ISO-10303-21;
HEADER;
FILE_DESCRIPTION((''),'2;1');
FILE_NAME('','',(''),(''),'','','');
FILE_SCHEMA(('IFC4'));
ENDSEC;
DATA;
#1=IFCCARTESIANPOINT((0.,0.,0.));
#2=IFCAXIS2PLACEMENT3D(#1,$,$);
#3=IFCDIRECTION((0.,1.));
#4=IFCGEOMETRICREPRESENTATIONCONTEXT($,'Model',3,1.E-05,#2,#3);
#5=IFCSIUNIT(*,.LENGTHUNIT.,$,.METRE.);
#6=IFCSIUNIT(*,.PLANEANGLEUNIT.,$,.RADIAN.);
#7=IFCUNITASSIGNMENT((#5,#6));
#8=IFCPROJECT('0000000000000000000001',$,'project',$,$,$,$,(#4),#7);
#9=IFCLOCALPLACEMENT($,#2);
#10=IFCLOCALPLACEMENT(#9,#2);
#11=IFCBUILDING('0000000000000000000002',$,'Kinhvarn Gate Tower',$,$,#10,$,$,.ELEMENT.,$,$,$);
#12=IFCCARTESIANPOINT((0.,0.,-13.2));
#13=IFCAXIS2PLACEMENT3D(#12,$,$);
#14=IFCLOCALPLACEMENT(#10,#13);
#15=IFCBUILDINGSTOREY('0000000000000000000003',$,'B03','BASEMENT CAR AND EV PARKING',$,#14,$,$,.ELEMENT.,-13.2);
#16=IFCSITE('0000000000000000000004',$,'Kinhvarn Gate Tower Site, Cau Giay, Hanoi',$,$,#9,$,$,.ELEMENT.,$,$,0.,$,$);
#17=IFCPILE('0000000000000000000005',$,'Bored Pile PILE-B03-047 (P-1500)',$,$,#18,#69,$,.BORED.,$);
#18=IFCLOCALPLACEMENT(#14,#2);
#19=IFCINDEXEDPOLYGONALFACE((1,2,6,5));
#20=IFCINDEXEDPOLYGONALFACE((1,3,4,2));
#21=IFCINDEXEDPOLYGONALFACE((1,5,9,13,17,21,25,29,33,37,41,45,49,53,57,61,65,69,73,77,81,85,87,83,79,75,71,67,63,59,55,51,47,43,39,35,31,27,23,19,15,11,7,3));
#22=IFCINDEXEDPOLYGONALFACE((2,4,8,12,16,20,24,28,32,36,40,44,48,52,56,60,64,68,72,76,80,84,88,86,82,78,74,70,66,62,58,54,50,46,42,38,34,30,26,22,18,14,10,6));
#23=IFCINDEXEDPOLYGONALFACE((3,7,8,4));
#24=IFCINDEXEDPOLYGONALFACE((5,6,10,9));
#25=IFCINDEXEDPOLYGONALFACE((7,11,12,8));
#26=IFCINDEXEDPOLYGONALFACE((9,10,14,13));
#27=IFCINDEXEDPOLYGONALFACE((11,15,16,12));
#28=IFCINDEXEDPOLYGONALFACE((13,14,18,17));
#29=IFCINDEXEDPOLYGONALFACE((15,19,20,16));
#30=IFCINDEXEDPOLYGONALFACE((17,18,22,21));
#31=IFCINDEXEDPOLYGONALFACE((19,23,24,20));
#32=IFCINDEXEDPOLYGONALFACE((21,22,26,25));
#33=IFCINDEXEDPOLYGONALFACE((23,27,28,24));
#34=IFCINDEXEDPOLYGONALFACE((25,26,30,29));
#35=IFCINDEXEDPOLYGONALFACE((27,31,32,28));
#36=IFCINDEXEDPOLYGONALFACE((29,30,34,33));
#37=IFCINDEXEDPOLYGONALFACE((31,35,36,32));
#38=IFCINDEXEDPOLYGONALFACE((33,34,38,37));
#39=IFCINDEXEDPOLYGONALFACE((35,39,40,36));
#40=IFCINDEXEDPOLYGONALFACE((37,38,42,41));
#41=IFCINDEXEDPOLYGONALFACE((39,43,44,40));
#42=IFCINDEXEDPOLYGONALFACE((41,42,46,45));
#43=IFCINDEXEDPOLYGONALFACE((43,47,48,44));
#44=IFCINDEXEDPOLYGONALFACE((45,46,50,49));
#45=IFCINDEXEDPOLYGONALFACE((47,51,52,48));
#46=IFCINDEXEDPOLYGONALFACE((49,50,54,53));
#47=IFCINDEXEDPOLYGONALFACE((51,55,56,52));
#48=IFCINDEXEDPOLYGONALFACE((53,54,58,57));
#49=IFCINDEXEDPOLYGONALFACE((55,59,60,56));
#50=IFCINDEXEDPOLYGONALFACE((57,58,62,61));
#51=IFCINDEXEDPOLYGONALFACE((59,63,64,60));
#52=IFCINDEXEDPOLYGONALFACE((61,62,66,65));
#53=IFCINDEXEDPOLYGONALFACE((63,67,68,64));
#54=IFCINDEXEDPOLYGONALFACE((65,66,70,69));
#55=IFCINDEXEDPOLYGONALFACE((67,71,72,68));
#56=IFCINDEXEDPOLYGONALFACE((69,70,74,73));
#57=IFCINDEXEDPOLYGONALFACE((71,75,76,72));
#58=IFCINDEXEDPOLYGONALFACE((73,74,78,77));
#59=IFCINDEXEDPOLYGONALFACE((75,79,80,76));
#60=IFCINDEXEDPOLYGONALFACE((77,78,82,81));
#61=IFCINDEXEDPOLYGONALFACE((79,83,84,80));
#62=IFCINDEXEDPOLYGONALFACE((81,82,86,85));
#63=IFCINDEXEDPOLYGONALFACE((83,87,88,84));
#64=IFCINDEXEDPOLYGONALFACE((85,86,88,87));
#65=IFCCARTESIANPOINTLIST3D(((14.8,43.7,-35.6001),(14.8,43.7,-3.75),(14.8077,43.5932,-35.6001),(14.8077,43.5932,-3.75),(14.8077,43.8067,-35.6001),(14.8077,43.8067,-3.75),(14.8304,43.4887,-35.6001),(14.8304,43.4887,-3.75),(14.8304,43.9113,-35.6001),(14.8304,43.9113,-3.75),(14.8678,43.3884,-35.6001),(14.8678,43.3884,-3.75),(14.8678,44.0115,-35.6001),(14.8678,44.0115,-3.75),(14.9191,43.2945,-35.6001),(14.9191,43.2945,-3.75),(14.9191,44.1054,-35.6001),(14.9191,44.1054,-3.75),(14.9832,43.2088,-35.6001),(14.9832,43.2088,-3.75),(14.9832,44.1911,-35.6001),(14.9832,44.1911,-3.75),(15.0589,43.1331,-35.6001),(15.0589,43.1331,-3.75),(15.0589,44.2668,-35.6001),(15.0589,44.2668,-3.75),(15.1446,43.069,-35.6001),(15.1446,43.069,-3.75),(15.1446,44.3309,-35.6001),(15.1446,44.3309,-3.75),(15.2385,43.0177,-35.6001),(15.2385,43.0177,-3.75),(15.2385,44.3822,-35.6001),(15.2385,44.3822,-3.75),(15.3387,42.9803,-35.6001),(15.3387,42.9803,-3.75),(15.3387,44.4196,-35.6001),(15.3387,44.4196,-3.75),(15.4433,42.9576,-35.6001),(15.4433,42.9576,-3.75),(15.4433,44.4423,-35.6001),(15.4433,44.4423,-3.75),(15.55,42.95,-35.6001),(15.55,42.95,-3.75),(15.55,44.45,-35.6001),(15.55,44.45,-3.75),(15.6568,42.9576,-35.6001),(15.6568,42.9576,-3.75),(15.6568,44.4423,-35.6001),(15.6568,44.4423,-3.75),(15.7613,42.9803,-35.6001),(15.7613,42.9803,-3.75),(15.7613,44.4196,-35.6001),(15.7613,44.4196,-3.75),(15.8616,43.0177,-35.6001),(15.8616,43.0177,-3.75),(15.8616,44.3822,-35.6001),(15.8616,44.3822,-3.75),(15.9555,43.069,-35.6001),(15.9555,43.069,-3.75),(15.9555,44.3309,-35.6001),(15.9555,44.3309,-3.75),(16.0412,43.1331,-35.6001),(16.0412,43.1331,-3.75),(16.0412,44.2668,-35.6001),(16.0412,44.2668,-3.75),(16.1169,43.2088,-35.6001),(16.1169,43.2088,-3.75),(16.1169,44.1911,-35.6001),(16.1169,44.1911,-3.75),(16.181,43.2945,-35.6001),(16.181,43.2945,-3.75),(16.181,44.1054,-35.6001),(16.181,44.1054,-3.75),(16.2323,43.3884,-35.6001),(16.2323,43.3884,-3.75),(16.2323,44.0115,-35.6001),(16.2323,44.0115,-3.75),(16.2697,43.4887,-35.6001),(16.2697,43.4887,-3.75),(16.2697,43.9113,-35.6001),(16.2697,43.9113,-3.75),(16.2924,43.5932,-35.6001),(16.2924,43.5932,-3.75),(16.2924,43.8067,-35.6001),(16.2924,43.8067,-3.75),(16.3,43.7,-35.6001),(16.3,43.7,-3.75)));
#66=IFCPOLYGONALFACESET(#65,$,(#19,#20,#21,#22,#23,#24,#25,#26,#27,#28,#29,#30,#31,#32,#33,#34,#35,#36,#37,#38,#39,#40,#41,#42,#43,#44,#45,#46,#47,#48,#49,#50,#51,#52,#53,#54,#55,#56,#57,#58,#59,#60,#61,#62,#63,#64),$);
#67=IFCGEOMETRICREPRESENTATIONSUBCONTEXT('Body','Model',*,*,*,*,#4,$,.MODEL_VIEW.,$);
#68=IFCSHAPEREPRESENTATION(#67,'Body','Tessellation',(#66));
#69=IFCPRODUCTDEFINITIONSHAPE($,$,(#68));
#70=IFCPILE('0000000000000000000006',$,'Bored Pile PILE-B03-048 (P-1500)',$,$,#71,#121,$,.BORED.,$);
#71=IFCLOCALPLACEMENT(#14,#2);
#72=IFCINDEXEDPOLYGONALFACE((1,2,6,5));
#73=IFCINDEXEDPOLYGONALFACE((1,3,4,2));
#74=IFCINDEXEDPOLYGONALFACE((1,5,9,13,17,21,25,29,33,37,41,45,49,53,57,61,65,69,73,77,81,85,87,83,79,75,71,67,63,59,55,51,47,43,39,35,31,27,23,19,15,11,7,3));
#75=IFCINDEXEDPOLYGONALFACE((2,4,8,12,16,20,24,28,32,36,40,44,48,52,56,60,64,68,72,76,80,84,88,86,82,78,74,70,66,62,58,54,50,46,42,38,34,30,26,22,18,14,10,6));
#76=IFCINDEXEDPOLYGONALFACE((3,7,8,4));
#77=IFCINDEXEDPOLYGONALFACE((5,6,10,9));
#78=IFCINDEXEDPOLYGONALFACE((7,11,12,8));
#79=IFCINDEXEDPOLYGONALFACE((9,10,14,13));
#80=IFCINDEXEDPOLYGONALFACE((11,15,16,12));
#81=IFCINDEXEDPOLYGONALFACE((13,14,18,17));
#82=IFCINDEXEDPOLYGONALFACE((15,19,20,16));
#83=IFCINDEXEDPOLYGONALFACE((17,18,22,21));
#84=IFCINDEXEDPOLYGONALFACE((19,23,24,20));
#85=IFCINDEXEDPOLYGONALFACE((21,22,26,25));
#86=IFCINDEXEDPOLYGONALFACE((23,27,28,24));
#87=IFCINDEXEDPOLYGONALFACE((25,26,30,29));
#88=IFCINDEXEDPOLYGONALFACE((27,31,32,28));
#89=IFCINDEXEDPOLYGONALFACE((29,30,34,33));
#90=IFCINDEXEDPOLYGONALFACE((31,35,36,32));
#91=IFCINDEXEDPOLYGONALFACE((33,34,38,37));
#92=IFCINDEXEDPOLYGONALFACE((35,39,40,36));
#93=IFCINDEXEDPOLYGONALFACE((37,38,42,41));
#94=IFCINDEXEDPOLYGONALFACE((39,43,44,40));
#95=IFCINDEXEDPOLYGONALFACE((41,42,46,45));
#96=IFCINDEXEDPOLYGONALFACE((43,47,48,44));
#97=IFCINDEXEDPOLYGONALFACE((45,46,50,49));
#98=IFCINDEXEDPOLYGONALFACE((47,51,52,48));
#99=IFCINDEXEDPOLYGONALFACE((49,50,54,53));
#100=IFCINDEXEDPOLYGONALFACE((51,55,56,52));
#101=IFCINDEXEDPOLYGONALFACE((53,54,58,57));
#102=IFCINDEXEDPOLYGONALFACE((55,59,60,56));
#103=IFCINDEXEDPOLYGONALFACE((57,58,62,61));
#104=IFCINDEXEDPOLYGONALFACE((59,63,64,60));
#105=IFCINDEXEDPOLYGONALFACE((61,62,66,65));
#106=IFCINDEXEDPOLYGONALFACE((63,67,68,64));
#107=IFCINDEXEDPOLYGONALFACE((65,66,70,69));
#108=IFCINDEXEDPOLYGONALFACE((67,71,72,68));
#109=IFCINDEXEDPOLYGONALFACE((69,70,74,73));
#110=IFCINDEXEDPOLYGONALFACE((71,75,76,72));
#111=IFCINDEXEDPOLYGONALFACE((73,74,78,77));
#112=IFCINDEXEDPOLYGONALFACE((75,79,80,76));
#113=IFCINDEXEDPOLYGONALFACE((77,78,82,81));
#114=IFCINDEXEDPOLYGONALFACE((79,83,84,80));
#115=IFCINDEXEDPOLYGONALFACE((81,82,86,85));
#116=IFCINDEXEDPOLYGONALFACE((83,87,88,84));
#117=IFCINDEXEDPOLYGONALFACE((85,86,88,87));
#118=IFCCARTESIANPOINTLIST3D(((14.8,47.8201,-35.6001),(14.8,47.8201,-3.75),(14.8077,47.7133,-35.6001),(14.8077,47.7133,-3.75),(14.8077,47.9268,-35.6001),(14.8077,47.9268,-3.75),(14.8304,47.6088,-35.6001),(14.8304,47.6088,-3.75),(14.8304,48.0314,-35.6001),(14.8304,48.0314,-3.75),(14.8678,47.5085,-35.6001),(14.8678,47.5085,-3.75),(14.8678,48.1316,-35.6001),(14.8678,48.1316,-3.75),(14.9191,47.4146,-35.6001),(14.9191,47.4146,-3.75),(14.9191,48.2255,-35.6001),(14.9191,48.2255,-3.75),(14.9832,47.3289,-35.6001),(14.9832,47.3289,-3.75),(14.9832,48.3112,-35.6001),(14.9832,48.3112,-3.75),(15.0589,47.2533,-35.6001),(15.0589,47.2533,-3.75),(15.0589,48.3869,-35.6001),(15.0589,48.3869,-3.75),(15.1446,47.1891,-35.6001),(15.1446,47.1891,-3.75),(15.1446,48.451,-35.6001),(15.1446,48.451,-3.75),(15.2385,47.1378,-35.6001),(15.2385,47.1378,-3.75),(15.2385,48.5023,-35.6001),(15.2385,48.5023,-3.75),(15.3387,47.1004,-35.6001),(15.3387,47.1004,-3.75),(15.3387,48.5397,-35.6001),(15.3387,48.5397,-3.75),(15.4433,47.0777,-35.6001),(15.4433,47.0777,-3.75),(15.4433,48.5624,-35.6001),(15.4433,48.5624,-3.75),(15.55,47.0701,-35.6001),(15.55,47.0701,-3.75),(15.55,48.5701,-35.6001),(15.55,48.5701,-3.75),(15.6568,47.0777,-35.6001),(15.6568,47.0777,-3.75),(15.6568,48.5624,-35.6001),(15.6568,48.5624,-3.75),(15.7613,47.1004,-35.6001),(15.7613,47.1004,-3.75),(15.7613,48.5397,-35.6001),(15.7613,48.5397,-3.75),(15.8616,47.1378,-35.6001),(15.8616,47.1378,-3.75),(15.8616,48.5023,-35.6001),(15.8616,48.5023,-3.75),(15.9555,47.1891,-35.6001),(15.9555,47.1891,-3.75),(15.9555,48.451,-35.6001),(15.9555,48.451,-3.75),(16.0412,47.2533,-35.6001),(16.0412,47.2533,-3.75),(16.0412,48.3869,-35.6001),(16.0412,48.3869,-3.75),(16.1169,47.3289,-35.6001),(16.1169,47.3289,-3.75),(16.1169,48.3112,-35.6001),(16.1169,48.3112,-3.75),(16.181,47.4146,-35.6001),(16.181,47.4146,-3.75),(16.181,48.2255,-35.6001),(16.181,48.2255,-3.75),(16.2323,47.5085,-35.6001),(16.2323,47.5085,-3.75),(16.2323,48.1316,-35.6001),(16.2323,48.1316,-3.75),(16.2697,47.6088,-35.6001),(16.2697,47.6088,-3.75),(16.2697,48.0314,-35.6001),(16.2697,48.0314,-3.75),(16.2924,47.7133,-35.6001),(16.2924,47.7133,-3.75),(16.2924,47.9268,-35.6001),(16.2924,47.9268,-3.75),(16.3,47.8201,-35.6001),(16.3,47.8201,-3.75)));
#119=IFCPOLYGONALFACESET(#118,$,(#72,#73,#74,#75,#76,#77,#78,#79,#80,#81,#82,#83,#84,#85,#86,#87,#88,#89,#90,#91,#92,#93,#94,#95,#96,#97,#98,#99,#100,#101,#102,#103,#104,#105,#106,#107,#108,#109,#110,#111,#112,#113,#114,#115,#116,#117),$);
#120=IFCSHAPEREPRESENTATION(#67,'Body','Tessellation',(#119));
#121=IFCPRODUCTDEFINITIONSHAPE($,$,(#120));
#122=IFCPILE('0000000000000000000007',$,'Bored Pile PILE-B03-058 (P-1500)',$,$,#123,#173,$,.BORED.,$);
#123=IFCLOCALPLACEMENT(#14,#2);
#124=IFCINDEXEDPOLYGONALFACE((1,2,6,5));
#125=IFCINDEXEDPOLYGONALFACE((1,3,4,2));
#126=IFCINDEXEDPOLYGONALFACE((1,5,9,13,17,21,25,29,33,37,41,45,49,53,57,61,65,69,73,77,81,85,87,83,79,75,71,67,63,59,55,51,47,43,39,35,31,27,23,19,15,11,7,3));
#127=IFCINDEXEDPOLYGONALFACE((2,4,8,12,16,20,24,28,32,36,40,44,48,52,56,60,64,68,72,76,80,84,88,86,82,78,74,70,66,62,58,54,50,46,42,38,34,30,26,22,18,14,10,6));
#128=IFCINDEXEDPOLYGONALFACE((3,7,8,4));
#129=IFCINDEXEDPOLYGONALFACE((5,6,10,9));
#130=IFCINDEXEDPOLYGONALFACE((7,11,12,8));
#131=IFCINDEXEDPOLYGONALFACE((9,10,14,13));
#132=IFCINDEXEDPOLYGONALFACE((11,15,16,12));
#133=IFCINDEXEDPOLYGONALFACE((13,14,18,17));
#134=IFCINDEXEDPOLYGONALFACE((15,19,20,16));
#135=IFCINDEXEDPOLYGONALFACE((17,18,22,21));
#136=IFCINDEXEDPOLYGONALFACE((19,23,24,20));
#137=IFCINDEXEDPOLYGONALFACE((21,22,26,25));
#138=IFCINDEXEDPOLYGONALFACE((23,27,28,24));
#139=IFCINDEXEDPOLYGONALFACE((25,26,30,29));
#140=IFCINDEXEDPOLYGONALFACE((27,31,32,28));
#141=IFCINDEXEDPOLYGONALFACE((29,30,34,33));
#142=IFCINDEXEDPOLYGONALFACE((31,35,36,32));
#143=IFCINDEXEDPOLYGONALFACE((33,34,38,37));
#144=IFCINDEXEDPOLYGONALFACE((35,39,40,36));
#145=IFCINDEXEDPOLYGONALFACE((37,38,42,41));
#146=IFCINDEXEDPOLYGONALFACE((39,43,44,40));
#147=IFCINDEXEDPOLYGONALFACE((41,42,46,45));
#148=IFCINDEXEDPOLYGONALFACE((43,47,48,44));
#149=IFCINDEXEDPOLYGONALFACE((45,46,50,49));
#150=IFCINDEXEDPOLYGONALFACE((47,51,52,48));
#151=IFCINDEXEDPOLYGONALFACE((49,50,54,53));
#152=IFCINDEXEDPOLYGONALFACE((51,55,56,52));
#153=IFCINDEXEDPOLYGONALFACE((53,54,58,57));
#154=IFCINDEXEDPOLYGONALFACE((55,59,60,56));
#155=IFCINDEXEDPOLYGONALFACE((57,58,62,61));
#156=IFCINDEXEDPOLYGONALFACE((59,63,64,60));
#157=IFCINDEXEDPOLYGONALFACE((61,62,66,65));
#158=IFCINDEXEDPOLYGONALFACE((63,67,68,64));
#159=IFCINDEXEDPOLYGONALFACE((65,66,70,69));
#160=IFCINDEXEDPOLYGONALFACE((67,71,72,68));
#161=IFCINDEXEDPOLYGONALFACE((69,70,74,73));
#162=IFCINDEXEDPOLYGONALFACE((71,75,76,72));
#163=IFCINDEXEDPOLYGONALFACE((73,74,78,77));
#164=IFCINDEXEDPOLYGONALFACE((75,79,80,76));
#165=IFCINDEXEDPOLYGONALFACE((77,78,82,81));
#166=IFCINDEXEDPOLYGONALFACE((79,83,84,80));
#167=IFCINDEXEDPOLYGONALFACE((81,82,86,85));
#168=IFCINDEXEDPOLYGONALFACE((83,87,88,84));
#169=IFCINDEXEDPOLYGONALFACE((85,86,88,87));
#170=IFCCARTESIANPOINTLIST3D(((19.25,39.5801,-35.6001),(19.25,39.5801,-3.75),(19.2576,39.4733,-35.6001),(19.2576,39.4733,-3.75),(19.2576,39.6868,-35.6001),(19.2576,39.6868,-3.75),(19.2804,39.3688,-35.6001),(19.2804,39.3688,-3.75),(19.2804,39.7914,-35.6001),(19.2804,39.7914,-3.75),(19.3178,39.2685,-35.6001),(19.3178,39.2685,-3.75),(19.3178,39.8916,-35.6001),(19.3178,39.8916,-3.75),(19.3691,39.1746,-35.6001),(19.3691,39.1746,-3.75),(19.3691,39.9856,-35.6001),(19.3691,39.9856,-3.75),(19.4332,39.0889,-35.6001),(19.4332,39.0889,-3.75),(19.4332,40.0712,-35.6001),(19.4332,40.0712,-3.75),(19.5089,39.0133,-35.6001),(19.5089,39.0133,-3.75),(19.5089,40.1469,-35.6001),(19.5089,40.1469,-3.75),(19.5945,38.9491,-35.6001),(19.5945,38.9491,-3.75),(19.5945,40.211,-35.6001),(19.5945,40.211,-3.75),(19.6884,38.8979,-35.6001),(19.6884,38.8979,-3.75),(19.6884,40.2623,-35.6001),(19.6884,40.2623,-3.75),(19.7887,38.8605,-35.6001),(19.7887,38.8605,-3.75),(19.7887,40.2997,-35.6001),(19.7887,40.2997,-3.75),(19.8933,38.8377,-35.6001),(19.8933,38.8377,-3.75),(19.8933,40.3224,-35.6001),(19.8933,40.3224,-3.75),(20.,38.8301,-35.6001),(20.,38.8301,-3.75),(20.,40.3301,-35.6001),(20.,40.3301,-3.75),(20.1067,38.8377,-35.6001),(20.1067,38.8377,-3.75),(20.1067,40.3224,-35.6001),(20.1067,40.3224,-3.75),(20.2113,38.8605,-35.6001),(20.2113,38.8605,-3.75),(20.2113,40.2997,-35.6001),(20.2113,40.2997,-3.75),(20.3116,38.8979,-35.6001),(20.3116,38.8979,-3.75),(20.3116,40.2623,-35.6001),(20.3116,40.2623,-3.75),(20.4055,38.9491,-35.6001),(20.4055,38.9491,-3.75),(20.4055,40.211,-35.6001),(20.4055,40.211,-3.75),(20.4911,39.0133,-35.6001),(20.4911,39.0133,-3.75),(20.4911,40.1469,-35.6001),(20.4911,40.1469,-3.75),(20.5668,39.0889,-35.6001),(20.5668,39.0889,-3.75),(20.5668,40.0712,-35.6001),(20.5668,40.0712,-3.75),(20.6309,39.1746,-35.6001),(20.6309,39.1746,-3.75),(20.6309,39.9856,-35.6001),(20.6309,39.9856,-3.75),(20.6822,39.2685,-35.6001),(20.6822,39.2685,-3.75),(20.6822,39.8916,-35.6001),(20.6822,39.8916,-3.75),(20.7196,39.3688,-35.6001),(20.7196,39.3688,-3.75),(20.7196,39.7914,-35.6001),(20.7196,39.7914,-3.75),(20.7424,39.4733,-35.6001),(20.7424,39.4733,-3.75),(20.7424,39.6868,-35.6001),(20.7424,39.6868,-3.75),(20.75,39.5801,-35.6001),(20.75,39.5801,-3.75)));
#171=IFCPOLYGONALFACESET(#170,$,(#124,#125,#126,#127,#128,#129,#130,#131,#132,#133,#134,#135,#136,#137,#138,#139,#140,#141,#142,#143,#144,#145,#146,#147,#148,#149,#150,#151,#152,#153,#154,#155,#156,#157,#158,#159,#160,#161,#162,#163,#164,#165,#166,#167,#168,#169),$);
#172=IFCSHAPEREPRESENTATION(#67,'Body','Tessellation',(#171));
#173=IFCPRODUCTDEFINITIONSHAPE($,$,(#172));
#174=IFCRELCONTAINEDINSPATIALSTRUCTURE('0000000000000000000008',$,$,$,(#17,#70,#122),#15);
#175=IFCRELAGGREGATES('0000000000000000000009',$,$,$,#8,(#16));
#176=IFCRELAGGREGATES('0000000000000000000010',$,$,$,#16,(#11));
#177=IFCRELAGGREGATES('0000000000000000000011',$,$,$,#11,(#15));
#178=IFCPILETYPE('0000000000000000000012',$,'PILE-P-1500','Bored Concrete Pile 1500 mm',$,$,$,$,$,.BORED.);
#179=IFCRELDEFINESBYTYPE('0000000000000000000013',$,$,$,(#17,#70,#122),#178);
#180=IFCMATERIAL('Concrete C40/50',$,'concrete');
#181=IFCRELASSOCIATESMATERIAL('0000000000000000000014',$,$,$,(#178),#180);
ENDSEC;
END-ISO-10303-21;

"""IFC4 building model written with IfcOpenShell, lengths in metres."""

from ifc_helpers import new_model, si_unit, direction, frame, origin, origin_2d, place, context, subcontext, project, spatial, circle, extrude, material, material_profile, profile_set, type_object, element, save


model = new_model("IFC4")

# Units and contexts
model_context = context("Model", 3, precision=1e-05, world=origin(), true_north=direction((0.0, 1.0)))
body_context = subcontext(model_context, "Body", "Model", "MODEL_VIEW")
ifc_project = project(units=[si_unit("LENGTHUNIT", "METRE"), si_unit("PLANEANGLEUNIT", "RADIAN")], contexts=[model_context])

# Site, building, storey
site_placement = place(None, origin())
site = spatial("IfcSite", under=ifc_project, at=site_placement, Name="Kinhvarn Gate Tower Site, Cau Giay, Hanoi", CompositionType="ELEMENT", RefElevation=0.0)
building_placement = place(site_placement, origin())
building = spatial("IfcBuilding", under=site, at=building_placement, Name="Kinhvarn Gate Tower", CompositionType="ELEMENT")
storey_placement = place(building_placement, frame((0.0, 0.0, -13.2)))
storey = spatial("IfcBuildingStorey", under=building, at=storey_placement, Name="B03", Description="BASEMENT CAR AND EV PARKING", CompositionType="ELEMENT", Elevation=-13.2)

# Piles
ifc_material_1 = material(Name="Concrete C40/50", Category="concrete")
ifc_material_profile_1 = material_profile(ifc_material_1, circle(Radius=0.75, at=origin_2d()), Name="PILE D1500")
ifc_profile_set_1 = profile_set([ifc_material_profile_1], Name="Concrete C40/50")
pile_type = type_object("IfcPileType", Name="PILE-P-1500", Description="Bored Concrete Pile 1500 mm", PredefinedType="BORED", material=ifc_profile_set_1)
for number, where, z_axis, x_axis, name in (
    (1, (15.55, 43.7, -35.6001), (0.0, 0.0, 1.0), (1.0, 0.0, 0.0), "Bored Pile PILE-B03-047 (P-1500)"),
    (2, (15.55, 47.8201, -35.6001), (0.0, 0.0, 1.0), (1.0, 0.0, 0.0), "Bored Pile PILE-B03-048 (P-1500)"),
    (3, (20.0, 39.5801, -35.6001), (0.0, 0.0, 1.0), (1.0, 0.0, 0.0), "Bored Pile PILE-B03-058 (P-1500)"),
):
    element("IfcPile", number, at=place(storey_placement, frame(where, z_axis=z_axis, x_axis=x_axis)), inside=storey, type_object=pile_type, Name=name, PredefinedType="BORED", context=body_context, shape_type="SweptSolid", body=[
        extrude(circle(Radius=0.75, at=origin_2d()), origin(), (0.0, 0.0, 1.0), 31.8501),
    ])

save(model, "model.ifc")
